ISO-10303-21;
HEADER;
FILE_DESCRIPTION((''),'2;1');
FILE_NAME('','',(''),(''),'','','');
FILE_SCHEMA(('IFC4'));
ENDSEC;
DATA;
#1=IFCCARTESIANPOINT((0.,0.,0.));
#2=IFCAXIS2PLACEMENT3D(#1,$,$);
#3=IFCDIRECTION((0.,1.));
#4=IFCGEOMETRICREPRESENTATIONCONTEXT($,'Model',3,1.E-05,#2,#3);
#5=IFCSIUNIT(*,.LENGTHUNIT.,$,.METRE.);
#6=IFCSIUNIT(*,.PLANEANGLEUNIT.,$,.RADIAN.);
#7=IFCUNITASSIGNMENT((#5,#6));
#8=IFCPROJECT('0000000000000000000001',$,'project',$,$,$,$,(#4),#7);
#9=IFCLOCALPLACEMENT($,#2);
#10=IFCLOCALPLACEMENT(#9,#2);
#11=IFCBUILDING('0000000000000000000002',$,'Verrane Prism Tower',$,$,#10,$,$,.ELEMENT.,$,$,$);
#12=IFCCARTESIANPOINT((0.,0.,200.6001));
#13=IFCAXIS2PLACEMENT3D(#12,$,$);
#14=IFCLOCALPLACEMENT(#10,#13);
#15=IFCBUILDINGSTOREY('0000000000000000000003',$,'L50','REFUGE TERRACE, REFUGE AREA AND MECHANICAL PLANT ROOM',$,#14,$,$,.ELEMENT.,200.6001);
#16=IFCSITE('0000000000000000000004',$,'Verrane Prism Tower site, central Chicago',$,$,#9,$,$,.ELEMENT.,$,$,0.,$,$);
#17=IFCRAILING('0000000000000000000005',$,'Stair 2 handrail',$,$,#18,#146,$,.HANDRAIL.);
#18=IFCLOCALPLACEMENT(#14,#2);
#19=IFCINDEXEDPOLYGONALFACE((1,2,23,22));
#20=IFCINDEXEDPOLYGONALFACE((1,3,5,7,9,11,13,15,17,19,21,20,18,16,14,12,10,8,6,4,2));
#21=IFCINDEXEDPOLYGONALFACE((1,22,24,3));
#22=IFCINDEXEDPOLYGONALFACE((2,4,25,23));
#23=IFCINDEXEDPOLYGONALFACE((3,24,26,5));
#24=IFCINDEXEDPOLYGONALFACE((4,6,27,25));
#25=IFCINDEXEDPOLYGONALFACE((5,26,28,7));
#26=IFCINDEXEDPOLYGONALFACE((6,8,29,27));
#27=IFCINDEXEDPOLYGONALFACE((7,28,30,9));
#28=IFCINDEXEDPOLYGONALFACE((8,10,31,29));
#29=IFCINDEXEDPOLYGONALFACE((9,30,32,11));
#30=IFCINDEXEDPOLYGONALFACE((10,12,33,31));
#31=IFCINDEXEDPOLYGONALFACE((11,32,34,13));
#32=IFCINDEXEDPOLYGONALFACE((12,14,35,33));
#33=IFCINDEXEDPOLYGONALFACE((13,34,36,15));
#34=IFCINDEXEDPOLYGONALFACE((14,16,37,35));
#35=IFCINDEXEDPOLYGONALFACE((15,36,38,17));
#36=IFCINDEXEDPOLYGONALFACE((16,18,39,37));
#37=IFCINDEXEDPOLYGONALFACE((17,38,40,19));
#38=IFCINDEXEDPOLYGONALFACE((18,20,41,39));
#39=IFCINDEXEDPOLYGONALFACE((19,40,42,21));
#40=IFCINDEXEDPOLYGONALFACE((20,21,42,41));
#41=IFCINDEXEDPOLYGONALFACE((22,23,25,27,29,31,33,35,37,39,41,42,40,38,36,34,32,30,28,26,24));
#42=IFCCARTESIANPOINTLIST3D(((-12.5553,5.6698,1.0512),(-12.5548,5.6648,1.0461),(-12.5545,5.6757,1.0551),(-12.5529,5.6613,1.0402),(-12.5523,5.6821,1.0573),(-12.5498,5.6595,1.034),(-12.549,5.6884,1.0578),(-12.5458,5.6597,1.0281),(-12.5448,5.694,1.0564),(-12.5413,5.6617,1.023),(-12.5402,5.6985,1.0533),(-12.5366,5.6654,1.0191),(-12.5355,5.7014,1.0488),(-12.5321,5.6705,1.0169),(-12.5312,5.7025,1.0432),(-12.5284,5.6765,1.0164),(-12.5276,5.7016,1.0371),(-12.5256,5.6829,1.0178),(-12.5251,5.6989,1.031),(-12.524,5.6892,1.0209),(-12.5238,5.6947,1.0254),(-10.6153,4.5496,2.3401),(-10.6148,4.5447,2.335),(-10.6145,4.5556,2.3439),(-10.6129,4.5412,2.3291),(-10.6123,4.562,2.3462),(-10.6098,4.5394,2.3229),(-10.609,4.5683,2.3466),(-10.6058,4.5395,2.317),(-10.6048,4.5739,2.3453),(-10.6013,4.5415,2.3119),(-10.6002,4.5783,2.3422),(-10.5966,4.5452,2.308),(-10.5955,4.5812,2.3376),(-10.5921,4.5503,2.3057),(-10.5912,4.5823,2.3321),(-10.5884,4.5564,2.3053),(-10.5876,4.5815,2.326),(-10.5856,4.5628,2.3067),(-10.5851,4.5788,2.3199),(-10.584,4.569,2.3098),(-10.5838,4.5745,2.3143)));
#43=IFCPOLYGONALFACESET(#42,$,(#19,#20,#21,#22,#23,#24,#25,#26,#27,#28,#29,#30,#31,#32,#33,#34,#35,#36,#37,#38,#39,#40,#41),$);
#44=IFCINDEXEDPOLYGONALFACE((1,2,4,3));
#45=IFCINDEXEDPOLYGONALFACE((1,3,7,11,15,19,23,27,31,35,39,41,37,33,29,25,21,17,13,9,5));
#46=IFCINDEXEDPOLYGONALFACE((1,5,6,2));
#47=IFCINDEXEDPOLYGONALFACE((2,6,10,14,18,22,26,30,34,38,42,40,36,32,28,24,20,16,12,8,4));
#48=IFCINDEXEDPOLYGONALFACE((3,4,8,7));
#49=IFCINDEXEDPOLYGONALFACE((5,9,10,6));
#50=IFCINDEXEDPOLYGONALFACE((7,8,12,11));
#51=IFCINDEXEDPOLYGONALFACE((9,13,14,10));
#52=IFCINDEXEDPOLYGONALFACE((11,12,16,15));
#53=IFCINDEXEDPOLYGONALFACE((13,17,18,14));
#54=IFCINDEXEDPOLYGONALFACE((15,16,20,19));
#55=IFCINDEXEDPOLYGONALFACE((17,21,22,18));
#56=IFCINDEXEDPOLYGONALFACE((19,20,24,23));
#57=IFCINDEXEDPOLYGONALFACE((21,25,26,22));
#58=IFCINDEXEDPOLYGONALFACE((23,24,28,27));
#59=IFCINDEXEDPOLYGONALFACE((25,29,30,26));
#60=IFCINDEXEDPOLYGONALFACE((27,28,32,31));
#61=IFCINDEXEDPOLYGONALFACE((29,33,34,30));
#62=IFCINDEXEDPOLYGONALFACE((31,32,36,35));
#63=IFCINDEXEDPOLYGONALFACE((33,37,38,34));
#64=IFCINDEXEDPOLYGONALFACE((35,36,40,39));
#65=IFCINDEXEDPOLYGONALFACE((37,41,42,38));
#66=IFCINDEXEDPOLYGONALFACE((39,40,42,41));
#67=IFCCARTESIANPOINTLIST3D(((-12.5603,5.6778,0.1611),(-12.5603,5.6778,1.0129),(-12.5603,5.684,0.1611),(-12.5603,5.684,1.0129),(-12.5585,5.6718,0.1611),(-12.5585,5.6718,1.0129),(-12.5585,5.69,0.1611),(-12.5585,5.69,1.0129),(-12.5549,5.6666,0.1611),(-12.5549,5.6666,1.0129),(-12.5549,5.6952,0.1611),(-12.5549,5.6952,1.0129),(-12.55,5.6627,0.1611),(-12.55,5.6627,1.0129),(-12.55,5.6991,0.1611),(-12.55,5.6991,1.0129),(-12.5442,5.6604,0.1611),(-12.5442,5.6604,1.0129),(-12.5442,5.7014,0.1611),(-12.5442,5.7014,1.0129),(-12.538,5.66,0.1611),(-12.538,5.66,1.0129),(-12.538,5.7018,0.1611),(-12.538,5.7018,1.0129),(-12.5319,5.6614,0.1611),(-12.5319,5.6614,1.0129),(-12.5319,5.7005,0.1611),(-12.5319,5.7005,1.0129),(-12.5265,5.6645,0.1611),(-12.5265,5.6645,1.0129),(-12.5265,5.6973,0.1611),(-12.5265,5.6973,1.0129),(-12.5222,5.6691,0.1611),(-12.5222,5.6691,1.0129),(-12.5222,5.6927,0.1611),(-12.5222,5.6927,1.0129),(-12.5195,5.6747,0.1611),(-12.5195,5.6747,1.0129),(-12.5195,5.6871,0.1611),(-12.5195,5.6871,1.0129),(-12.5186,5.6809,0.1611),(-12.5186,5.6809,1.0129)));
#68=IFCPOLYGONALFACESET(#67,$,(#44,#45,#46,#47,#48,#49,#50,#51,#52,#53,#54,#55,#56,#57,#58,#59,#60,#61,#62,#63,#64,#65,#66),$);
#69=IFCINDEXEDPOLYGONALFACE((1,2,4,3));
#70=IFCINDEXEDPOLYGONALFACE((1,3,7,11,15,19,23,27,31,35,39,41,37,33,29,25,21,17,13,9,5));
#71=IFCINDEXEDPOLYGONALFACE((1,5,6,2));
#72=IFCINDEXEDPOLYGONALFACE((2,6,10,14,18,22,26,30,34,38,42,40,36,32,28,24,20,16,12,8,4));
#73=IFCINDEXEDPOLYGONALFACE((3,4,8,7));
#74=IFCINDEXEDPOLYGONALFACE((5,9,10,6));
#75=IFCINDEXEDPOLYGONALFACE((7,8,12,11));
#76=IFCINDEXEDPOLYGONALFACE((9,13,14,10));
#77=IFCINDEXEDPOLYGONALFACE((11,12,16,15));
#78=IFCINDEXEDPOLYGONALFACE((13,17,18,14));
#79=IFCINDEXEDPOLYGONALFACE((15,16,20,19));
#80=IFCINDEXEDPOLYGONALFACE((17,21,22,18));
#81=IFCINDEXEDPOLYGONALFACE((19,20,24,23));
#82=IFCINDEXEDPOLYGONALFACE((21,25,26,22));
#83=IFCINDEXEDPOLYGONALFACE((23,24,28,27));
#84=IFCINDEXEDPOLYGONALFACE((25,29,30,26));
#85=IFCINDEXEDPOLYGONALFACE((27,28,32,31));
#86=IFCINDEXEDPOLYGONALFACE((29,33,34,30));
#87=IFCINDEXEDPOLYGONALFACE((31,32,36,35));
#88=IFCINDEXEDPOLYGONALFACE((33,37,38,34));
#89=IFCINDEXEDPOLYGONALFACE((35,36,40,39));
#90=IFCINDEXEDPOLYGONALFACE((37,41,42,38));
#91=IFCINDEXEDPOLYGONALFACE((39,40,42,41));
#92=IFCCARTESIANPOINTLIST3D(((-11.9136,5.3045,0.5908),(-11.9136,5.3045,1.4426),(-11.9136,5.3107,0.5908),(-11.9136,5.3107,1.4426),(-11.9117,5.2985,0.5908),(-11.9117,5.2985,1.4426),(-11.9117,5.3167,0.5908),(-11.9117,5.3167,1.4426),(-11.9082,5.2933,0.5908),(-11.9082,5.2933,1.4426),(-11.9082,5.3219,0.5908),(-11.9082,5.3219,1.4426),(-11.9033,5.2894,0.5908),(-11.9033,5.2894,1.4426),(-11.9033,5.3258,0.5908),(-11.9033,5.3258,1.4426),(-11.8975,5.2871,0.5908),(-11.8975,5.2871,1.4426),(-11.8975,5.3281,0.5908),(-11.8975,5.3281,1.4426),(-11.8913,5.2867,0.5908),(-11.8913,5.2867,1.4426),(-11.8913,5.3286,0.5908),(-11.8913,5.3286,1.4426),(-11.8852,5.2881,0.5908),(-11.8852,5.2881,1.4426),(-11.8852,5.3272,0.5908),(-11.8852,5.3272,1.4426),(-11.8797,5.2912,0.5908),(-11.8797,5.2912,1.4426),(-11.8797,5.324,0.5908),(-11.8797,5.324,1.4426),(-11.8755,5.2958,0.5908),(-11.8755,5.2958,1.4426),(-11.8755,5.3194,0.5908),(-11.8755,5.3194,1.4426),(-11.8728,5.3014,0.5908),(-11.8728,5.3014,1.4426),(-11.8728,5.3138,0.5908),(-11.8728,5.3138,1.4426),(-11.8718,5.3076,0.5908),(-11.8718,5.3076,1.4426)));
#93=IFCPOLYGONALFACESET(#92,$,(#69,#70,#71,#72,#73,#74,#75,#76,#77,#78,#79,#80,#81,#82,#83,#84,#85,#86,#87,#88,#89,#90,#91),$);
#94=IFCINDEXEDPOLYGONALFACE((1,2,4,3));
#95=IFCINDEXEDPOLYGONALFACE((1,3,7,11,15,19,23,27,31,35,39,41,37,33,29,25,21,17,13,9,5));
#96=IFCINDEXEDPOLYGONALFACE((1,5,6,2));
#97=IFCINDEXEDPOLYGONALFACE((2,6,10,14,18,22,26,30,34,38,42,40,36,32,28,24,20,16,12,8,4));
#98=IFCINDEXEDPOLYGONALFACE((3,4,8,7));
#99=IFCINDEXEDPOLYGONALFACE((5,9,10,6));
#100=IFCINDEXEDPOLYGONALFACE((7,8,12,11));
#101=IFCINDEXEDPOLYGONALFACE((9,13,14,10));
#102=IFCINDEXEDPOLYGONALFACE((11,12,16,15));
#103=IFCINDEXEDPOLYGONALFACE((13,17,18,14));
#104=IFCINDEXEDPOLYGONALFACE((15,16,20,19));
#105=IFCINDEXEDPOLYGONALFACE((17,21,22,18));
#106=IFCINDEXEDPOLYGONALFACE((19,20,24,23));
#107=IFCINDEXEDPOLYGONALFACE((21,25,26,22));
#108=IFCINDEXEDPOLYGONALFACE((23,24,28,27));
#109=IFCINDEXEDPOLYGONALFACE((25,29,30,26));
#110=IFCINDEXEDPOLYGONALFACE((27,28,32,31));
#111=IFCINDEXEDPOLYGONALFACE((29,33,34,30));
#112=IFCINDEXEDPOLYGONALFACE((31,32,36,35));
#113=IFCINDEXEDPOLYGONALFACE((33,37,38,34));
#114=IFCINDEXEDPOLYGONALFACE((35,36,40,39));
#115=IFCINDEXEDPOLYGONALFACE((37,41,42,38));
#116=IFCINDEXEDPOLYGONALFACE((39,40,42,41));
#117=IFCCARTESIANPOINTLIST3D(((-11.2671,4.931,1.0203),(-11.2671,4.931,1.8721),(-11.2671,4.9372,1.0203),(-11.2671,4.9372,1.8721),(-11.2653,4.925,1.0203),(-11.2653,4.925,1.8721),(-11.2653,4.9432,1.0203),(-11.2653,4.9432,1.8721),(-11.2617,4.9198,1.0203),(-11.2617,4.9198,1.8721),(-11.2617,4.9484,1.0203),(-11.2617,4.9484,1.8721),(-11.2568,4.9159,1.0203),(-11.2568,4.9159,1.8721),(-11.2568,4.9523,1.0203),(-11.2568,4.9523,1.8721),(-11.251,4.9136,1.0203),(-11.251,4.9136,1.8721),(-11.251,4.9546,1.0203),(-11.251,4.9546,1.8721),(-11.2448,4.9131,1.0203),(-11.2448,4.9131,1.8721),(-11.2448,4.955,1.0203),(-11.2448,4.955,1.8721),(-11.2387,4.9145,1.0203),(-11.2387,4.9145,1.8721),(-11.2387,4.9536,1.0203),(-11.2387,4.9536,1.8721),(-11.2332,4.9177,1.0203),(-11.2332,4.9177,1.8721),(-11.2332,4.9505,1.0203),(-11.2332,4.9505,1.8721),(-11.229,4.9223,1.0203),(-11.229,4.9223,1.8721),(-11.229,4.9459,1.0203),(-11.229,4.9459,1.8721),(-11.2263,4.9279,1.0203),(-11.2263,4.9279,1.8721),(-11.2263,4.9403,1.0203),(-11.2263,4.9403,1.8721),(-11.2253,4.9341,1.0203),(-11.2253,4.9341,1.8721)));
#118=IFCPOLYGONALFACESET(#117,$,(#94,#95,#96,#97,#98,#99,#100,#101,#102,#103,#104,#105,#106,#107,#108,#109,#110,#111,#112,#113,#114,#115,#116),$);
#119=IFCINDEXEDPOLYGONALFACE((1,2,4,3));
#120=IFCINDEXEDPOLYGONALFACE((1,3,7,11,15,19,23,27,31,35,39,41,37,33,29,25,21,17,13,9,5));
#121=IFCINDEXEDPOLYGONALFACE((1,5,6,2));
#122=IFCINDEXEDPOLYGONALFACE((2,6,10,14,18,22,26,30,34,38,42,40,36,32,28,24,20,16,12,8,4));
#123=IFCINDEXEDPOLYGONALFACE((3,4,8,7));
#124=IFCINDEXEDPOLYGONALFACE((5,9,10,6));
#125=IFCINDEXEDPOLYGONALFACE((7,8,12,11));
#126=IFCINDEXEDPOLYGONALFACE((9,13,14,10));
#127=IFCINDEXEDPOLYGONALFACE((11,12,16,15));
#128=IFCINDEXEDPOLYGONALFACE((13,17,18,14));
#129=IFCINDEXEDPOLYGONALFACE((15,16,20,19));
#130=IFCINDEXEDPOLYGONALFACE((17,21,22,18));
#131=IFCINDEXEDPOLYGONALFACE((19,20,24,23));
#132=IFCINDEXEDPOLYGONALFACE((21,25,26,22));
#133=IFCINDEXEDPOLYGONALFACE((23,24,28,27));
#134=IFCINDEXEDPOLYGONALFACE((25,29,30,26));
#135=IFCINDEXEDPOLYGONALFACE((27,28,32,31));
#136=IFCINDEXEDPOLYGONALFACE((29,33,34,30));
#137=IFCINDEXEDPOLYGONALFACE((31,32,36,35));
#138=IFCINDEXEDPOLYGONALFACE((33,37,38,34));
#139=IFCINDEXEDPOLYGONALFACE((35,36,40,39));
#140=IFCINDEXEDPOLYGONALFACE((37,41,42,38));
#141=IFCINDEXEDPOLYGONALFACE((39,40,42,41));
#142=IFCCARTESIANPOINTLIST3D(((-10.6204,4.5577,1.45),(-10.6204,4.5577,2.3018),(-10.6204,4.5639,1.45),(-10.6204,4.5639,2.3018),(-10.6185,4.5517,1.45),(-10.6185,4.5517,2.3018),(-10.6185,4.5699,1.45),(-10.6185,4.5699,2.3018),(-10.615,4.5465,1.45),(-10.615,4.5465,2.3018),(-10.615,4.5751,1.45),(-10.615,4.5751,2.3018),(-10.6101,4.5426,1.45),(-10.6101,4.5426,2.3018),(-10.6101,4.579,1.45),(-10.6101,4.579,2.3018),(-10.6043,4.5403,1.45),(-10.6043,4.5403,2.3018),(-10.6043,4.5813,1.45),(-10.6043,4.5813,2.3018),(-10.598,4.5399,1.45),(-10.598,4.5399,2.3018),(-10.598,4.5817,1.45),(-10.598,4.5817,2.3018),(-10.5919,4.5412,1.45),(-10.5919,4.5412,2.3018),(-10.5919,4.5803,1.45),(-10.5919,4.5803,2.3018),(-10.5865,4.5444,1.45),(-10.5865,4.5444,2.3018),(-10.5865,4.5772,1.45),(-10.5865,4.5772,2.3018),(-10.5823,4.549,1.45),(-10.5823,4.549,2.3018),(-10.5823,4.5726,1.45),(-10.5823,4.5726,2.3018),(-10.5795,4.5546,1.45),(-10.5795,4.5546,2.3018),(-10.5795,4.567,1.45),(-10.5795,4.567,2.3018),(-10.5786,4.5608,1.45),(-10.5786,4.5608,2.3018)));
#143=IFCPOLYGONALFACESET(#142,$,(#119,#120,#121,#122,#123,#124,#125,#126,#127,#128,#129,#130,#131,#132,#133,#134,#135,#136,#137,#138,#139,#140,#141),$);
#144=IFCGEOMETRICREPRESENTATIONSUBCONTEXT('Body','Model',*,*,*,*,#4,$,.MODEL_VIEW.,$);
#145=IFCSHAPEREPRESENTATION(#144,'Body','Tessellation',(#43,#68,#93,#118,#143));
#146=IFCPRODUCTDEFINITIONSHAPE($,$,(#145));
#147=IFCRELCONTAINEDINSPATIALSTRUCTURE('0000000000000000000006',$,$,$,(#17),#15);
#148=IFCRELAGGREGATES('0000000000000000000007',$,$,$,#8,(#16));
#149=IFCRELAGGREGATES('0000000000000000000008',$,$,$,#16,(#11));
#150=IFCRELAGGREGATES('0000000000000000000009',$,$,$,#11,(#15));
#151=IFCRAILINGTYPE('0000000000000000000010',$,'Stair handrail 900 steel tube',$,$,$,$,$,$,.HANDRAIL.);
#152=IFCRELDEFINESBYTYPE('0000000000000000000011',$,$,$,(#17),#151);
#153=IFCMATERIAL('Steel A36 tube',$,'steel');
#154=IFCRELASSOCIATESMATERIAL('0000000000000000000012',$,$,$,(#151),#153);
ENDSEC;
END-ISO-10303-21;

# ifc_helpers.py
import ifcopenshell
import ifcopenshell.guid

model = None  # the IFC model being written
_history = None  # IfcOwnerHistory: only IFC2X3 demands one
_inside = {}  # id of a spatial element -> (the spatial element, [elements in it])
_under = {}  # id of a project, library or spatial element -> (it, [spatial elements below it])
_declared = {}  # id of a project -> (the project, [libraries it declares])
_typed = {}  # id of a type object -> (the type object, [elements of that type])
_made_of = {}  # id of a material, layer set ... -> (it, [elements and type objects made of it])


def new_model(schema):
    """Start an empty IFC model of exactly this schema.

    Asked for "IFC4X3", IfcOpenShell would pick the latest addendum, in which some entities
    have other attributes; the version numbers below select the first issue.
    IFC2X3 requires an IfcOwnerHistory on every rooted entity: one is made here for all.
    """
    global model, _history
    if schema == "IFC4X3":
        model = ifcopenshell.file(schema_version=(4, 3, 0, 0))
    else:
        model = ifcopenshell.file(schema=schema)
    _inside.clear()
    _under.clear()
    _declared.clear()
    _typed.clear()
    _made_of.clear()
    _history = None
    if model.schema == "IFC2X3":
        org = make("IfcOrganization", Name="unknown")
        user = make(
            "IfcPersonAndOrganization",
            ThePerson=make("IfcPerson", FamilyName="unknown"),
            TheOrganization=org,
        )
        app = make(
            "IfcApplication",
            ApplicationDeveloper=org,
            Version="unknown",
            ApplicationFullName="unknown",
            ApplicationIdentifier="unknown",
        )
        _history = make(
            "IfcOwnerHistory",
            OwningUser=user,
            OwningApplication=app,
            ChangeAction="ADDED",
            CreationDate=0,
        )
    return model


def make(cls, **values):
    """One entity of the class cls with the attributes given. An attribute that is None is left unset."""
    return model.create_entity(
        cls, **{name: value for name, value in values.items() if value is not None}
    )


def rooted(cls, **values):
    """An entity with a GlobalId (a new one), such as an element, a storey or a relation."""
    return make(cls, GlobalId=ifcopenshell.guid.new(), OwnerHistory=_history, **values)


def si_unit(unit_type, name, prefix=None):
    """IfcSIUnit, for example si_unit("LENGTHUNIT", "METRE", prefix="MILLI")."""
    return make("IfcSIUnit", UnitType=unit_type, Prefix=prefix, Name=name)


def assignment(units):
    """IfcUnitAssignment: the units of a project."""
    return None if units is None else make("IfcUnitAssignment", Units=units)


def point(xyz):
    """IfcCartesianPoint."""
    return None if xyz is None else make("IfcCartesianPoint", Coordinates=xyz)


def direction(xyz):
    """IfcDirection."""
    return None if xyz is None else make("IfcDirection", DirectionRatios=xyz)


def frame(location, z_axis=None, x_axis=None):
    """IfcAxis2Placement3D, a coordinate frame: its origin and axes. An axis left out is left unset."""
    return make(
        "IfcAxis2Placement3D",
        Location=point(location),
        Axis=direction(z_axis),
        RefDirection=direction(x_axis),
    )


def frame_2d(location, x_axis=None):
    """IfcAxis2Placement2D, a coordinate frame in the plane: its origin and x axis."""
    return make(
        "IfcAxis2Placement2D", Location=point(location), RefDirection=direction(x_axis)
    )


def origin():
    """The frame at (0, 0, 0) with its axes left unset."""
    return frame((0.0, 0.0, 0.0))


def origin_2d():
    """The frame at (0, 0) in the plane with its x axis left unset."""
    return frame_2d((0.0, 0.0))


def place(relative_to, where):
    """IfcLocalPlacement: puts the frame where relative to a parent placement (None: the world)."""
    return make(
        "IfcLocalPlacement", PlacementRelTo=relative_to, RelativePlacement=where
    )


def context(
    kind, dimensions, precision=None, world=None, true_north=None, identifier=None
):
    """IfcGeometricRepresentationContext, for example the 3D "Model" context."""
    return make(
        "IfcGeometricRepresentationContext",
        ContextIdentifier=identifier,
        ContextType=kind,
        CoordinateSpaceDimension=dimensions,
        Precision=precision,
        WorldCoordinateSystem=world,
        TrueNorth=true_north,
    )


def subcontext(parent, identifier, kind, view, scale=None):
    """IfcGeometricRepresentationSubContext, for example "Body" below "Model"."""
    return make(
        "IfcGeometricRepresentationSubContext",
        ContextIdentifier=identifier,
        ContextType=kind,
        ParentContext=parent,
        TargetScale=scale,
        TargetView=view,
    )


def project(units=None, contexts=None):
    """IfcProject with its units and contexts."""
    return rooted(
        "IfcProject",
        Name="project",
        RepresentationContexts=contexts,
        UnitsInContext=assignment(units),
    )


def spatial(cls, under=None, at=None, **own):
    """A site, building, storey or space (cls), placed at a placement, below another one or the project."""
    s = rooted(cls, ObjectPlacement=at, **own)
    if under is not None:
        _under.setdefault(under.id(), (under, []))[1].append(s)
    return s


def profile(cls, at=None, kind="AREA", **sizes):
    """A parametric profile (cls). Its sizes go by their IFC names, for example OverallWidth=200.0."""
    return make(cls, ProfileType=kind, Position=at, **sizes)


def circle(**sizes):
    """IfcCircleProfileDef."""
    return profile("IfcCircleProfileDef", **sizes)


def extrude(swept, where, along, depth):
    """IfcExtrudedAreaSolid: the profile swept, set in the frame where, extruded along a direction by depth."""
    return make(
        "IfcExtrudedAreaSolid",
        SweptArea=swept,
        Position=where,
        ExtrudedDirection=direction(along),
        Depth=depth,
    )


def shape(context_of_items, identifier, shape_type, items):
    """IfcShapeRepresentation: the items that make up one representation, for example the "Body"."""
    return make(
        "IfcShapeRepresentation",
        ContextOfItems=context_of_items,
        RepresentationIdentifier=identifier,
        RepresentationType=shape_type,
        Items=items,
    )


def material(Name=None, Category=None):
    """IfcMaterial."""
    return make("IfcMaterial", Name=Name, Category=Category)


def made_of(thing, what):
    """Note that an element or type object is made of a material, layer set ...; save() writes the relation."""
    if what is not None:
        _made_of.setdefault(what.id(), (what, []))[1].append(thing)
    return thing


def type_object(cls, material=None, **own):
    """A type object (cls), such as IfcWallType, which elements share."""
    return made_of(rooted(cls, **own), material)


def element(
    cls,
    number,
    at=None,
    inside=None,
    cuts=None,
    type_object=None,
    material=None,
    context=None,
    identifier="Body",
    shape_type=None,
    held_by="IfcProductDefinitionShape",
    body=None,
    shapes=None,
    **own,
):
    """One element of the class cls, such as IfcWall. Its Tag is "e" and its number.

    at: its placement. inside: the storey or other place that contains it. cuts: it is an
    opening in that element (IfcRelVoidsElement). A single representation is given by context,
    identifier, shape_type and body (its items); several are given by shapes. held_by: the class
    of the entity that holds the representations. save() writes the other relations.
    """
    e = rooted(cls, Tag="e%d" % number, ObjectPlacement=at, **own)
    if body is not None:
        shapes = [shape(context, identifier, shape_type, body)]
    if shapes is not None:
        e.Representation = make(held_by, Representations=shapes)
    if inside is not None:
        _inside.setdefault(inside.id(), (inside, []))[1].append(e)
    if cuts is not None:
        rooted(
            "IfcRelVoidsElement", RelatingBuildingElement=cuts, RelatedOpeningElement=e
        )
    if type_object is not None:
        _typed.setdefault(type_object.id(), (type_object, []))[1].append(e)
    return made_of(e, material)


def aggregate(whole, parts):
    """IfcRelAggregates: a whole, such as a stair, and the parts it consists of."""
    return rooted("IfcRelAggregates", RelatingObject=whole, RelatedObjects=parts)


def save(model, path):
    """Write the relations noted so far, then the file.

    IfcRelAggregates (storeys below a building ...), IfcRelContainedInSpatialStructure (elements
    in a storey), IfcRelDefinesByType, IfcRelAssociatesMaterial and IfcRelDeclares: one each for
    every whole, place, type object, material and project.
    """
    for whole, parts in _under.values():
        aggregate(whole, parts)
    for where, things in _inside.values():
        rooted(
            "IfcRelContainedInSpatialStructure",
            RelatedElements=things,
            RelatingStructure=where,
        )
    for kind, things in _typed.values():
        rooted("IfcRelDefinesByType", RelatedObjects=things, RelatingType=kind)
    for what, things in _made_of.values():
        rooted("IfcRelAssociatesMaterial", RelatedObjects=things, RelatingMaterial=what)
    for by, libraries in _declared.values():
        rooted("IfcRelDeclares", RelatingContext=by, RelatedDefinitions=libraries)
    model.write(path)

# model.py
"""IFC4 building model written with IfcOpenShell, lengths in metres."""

from ifc_helpers import new_model, si_unit, direction, frame, origin, origin_2d, place, context, subcontext, project, spatial, circle, extrude, material, type_object, element, save


model = new_model("IFC4")

# Units and contexts
model_context = context("Model", 3, precision=1e-05, world=origin(), true_north=direction((0.0, 1.0)))
body_context = subcontext(model_context, "Body", "Model", "MODEL_VIEW")
ifc_project = project(units=[si_unit("LENGTHUNIT", "METRE"), si_unit("PLANEANGLEUNIT", "RADIAN")], contexts=[model_context])

# Site, building, storey
site_placement = place(None, origin())
site = spatial("IfcSite", under=ifc_project, at=site_placement, Name="Verrane Prism Tower site, central Chicago", CompositionType="ELEMENT", RefElevation=0.0)
building_placement = place(site_placement, origin())
building = spatial("IfcBuilding", under=site, at=building_placement, Name="Verrane Prism Tower", CompositionType="ELEMENT")
storey_placement = place(building_placement, frame((0.0, 0.0, 200.6001)))
storey = spatial("IfcBuildingStorey", under=building, at=storey_placement, Name="L50", Description="REFUGE TERRACE, REFUGE AREA AND MECHANICAL PLANT ROOM", CompositionType="ELEMENT", Elevation=200.6001)

# Railing
ifc_material_1 = material(Name="Steel A36 tube", Category="steel")
railing_type_1 = type_object("IfcRailingType", Name="Stair handrail 900 steel tube", PredefinedType="HANDRAIL", material=ifc_material_1)
for number, where, name in (
    (1, (-12.5396, 5.6809, 0.1611), "Stair 2 handrail"),
):
    element("IfcRailing", number, at=place(storey_placement, frame(where)), inside=storey, type_object=railing_type_1, Name=name, PredefinedType="HANDRAIL", context=body_context, shape_type="SweptSolid", body=[
        extrude(circle(Radius=0.0239, at=origin_2d()), frame((0.0, 0.0, 0.876), z_axis=(0.750637, -0.433416, 0.498693), x_axis=(0.500031, 0.866008, 0.0)), (0.0, 0.0, 1.0), 2.5845),
        extrude(circle(Radius=0.021, at=origin_2d()), origin(), (0.0, 0.0, 1.0), 0.8518),
        extrude(circle(Radius=0.021, at=origin_2d()), frame((0.6467, -0.3733, 0.4297)), (0.0, 0.0, 1.0), 0.8518),
        extrude(circle(Radius=0.021, at=origin_2d()), frame((1.2932, -0.7468, 0.8591)), (0.0, 0.0, 1.0), 0.8518),
        extrude(circle(Radius=0.021, at=origin_2d()), frame((1.9399, -1.1201, 1.2888)), (0.0, 0.0, 1.0), 0.8518),
    ])

save(model, "model.ifc")
